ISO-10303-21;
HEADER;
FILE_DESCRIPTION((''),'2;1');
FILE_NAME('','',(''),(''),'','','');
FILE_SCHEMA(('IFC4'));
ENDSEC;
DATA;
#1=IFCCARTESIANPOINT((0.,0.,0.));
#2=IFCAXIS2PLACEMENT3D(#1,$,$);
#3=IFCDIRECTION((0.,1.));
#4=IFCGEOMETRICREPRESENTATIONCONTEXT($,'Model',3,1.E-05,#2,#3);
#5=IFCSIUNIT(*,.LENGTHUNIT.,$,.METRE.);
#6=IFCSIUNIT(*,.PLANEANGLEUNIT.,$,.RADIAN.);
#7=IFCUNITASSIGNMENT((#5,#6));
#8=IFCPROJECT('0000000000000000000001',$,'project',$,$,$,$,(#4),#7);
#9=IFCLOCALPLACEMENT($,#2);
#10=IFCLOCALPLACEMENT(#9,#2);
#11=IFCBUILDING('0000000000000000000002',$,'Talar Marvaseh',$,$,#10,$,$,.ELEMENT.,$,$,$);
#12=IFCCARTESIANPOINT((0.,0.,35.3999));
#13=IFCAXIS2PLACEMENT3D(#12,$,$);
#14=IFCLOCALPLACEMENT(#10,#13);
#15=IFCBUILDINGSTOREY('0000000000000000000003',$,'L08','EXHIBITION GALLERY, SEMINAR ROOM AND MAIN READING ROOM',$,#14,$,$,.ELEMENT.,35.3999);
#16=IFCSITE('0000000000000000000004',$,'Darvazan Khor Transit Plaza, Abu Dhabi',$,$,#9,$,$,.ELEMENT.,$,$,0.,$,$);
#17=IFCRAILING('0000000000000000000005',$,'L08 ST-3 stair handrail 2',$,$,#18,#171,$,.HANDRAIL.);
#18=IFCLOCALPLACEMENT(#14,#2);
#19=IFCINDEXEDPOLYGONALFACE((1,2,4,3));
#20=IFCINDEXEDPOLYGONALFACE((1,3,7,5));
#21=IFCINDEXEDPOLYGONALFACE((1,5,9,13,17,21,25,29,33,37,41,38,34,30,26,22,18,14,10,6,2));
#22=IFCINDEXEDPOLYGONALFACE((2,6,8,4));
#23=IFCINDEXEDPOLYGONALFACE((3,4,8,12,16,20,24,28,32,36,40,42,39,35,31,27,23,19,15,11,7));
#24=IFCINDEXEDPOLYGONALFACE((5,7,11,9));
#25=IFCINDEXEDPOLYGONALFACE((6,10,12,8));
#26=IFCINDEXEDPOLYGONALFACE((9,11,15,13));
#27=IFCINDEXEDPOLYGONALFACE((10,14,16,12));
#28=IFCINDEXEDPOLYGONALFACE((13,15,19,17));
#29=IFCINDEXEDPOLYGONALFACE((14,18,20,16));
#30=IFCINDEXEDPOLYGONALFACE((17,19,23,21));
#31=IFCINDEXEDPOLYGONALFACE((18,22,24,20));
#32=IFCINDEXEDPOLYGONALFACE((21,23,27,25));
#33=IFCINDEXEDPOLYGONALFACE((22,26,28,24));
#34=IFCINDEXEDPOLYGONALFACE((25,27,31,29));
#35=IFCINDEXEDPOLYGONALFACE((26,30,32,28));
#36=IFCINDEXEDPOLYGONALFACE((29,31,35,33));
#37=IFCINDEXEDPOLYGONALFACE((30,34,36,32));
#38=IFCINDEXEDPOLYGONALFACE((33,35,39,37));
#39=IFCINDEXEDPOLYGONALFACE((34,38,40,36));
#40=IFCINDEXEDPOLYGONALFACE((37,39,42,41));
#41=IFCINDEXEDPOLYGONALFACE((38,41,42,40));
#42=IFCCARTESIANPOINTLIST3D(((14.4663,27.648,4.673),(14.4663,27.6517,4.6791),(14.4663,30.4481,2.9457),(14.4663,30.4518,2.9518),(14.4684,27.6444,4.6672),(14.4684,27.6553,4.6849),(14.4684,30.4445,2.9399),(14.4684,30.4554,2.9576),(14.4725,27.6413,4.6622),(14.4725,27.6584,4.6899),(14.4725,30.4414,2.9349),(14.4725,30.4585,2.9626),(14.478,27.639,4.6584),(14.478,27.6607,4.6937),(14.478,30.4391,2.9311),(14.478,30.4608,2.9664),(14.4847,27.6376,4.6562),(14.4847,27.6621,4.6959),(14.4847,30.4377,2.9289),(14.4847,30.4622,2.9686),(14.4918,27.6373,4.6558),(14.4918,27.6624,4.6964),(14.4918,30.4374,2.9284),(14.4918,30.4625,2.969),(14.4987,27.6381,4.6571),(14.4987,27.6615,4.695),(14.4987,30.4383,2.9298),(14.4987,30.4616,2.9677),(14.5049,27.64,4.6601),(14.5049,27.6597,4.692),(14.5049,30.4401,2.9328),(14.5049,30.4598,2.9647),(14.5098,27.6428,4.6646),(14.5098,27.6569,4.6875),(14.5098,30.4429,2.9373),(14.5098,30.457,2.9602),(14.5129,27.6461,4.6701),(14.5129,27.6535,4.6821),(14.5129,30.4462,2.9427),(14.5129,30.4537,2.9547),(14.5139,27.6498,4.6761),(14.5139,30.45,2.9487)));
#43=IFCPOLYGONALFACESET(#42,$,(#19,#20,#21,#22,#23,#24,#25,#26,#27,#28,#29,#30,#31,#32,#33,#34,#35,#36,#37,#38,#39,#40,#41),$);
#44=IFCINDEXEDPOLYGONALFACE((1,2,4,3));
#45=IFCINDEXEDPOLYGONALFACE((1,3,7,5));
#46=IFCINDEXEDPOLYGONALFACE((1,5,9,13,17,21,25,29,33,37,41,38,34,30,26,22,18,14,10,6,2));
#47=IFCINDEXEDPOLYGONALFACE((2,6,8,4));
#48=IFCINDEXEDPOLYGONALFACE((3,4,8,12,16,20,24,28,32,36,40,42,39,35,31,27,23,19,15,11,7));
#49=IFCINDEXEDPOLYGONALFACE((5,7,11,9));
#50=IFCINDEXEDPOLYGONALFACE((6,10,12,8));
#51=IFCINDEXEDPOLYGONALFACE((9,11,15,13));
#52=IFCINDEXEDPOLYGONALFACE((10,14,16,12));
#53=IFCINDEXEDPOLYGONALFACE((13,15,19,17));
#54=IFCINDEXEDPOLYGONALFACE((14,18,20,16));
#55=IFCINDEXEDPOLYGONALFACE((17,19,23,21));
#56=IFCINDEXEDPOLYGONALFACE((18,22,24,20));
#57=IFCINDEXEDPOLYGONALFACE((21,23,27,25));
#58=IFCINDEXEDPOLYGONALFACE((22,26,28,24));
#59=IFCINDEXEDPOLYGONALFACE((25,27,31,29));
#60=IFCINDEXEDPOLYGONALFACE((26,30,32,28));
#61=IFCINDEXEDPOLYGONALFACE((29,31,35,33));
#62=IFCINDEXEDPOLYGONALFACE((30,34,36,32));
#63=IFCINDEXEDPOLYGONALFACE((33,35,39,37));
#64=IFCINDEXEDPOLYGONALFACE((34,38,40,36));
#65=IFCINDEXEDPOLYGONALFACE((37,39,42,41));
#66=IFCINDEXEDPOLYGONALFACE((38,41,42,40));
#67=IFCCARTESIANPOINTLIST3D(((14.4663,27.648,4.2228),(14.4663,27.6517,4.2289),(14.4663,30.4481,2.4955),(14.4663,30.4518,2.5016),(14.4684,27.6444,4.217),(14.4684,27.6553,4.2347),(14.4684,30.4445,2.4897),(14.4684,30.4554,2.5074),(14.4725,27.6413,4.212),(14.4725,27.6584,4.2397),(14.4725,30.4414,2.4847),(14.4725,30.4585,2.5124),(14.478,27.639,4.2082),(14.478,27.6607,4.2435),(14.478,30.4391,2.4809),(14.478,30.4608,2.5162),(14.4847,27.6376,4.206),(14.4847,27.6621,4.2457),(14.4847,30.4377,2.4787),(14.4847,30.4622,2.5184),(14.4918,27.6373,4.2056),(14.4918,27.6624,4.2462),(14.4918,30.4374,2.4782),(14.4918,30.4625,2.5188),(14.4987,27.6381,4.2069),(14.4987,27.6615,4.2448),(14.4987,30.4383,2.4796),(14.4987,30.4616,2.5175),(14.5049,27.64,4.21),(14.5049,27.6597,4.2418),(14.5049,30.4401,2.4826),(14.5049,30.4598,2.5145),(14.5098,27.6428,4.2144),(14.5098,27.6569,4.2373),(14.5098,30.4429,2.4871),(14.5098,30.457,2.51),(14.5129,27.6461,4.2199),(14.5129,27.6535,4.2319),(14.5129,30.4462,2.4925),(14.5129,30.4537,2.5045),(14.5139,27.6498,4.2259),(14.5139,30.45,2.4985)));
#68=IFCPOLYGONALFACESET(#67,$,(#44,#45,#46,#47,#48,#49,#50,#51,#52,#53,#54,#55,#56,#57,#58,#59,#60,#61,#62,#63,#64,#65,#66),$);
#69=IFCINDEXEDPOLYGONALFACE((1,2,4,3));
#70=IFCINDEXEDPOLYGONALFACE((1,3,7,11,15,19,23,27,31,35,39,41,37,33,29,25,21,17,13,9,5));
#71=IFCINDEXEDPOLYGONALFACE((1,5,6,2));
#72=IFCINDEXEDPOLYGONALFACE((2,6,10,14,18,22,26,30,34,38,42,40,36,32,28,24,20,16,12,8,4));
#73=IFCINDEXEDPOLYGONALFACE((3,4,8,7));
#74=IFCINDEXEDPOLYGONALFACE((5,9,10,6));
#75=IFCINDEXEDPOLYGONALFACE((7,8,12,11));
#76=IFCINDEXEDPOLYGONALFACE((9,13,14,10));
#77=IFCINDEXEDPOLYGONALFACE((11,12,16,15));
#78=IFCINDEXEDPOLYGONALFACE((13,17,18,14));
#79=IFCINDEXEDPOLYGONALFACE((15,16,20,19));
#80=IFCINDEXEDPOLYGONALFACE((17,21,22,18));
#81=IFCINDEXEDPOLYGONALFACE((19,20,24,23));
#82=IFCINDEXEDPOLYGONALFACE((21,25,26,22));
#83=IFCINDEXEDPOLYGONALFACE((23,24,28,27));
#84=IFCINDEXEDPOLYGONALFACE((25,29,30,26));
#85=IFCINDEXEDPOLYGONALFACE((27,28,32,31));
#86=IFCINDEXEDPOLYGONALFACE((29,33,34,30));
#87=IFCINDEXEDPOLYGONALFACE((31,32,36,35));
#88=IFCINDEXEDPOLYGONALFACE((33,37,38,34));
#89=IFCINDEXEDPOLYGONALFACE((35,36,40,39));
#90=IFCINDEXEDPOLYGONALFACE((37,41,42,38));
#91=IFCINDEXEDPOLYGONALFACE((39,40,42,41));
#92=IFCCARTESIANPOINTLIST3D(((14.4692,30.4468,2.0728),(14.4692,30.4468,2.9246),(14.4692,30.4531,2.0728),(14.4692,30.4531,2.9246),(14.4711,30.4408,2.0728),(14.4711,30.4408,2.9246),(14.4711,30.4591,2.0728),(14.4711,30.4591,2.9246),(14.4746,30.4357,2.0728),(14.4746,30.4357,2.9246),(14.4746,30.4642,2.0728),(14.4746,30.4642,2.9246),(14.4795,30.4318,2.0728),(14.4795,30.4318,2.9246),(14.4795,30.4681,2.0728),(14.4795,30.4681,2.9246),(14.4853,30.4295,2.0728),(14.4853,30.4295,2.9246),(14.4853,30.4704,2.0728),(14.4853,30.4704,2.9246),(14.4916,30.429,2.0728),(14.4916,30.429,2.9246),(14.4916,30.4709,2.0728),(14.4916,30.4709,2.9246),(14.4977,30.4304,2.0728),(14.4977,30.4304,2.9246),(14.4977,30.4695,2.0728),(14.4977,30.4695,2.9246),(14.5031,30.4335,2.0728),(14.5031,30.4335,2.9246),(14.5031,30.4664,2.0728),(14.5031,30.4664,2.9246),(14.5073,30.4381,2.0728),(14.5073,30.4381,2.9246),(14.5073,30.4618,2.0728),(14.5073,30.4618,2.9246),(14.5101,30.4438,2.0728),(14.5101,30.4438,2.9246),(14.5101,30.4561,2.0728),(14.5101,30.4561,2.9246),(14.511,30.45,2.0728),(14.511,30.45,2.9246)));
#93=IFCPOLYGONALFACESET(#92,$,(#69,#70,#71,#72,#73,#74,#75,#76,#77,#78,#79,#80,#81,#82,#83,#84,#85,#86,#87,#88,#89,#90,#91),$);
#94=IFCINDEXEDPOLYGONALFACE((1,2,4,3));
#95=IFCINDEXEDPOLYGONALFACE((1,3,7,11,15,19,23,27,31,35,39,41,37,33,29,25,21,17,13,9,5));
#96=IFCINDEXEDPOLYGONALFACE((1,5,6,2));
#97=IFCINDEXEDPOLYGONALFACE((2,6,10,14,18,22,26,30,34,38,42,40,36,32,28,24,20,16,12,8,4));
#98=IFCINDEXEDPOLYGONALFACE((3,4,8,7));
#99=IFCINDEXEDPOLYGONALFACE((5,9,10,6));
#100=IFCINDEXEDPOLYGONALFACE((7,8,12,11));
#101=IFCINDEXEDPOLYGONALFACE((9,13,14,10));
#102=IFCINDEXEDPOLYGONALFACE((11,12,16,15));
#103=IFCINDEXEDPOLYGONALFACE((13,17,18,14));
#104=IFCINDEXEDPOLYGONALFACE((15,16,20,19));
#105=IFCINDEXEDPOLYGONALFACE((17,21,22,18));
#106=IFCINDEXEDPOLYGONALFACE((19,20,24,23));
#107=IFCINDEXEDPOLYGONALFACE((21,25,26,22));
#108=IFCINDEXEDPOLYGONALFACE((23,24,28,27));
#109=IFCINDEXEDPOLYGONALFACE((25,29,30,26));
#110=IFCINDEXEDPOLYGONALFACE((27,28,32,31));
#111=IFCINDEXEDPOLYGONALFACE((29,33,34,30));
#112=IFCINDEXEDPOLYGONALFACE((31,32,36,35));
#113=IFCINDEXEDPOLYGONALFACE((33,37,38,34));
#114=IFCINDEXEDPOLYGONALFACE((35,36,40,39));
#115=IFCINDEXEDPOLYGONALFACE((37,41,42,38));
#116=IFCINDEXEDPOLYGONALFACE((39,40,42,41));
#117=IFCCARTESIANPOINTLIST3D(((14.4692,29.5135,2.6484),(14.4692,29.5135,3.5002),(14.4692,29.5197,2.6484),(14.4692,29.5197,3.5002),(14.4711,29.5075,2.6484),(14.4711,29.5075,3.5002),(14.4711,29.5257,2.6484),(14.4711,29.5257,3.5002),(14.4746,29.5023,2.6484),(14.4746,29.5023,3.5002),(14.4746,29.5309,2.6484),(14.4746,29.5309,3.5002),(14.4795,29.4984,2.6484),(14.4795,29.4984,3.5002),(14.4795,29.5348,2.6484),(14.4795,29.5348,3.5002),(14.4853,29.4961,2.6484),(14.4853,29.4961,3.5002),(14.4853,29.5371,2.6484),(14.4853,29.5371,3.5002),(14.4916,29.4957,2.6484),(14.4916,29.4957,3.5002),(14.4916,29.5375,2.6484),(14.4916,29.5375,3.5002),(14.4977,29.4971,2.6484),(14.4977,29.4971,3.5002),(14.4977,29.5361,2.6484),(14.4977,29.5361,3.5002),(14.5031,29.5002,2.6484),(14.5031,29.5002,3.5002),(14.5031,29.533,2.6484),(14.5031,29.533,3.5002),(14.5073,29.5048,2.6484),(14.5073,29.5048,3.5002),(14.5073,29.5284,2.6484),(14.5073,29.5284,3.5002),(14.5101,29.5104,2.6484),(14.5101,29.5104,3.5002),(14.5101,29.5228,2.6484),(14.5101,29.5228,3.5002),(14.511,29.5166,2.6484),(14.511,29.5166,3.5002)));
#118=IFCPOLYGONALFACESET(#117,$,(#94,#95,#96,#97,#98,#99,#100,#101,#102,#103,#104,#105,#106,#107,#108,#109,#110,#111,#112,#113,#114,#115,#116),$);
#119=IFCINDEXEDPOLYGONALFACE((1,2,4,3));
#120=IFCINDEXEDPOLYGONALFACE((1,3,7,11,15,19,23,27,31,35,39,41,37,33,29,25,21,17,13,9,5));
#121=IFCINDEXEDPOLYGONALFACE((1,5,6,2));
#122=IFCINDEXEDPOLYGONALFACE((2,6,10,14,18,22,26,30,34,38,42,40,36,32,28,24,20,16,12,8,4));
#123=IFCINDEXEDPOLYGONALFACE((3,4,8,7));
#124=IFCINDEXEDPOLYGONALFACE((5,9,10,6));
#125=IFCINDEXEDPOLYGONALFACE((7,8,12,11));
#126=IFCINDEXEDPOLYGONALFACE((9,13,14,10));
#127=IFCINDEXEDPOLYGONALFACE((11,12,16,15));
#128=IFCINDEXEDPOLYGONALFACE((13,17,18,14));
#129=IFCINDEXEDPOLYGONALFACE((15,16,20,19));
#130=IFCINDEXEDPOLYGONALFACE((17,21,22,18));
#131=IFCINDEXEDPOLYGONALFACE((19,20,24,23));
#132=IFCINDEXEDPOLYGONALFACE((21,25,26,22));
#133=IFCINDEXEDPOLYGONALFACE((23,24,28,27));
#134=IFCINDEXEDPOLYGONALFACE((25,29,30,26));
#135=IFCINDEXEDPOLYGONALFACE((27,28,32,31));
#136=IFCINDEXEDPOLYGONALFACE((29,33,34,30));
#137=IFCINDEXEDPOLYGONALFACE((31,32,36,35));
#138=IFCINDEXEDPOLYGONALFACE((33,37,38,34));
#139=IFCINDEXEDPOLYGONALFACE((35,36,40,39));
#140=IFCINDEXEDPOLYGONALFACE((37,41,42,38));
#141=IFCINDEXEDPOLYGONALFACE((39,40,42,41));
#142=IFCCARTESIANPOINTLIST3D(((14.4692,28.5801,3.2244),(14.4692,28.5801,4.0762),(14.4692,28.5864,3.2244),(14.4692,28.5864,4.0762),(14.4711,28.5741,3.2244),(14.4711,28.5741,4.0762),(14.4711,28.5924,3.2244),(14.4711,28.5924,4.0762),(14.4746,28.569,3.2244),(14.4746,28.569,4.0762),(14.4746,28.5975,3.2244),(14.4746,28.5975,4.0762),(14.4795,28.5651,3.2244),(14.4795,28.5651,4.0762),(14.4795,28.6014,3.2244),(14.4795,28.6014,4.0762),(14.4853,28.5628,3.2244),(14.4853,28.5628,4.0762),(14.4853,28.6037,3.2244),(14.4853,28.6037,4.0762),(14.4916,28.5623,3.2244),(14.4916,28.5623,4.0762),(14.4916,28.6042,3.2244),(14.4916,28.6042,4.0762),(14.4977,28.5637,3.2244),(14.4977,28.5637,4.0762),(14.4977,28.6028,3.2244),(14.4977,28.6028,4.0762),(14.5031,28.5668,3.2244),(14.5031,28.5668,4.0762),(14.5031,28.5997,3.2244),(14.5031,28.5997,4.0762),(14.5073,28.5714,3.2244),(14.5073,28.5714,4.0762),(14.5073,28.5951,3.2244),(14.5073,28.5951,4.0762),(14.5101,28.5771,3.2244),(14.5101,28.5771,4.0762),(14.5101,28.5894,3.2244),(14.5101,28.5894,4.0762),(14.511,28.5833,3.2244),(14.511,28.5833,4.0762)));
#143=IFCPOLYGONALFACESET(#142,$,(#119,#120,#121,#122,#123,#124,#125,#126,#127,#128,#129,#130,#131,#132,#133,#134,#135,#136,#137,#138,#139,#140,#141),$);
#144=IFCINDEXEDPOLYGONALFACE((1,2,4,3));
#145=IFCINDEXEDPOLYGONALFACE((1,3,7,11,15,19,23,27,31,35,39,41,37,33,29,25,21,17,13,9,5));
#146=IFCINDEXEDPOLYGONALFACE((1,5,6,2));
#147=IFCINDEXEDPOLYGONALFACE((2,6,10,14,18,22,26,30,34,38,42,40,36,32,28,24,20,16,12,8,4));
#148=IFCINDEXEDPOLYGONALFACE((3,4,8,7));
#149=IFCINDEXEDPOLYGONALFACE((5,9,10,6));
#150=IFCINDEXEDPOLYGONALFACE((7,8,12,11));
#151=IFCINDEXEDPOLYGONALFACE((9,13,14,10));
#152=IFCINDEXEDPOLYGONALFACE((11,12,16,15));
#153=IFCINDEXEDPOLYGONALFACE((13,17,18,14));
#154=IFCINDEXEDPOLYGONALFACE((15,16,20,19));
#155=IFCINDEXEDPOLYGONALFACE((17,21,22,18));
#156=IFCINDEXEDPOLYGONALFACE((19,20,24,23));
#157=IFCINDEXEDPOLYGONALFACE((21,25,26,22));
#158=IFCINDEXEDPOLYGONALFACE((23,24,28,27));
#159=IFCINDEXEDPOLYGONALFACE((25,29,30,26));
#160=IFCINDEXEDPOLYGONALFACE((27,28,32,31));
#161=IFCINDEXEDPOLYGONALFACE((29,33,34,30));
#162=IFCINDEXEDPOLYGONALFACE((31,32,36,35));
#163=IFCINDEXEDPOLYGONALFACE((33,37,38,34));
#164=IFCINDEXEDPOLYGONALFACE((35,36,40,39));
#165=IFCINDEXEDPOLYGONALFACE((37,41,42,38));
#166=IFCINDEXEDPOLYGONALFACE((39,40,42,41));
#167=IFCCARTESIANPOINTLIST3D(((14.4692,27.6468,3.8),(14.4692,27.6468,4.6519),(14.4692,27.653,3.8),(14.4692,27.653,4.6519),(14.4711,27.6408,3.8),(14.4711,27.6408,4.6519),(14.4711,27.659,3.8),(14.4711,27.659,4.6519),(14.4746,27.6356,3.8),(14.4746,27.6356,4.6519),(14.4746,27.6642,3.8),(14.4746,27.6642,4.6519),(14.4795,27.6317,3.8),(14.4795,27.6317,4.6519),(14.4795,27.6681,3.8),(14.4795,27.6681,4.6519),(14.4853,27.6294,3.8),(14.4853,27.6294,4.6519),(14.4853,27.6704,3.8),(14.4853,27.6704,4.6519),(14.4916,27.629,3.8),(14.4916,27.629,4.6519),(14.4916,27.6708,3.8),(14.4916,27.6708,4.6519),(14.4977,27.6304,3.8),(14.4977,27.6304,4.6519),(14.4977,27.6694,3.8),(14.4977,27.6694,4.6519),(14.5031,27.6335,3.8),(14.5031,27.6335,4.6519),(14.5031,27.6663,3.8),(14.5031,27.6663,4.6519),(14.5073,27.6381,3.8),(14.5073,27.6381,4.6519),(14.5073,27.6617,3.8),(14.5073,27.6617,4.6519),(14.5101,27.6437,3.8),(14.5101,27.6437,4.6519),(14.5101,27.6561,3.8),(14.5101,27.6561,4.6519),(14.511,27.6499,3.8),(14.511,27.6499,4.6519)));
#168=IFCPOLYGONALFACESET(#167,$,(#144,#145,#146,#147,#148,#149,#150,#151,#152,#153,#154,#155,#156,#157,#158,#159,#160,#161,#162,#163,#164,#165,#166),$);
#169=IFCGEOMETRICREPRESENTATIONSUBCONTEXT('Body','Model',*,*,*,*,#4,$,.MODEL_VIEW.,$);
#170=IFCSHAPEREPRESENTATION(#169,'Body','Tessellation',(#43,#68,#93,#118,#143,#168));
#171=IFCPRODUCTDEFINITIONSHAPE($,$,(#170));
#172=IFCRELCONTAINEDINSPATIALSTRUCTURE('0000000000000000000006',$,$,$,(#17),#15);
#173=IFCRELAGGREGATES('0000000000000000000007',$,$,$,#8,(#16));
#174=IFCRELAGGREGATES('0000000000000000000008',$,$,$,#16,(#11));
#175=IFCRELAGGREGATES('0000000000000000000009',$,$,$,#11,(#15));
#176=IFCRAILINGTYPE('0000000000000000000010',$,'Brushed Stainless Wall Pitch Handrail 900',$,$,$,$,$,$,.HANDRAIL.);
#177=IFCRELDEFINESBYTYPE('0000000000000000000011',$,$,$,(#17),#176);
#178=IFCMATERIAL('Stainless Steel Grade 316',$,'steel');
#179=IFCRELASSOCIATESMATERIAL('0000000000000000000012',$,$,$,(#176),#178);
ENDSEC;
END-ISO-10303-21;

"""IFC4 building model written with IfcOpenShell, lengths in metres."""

from ifc_helpers import new_model, si_unit, direction, frame, origin, origin_2d, place, context, subcontext, project, spatial, circle, extrude, material, type_object, element, save


model = new_model("IFC4")

# Units and contexts
model_context = context("Model", 3, precision=1e-05, world=origin(), true_north=direction((0.0, 1.0)))
body_context = subcontext(model_context, "Body", "Model", "MODEL_VIEW")
ifc_project = project(units=[si_unit("LENGTHUNIT", "METRE"), si_unit("PLANEANGLEUNIT", "RADIAN")], contexts=[model_context])

# Site, building, storey
site_placement = place(None, origin())
site = spatial("IfcSite", under=ifc_project, at=site_placement, Name="Darvazan Khor Transit Plaza, Abu Dhabi", CompositionType="ELEMENT", RefElevation=0.0)
building_placement = place(site_placement, origin())
building = spatial("IfcBuilding", under=site, at=building_placement, Name="Talar Marvaseh", CompositionType="ELEMENT")
storey_placement = place(building_placement, frame((0.0, 0.0, 35.3999)))
storey = spatial("IfcBuildingStorey", under=building, at=storey_placement, Name="L08", Description="EXHIBITION GALLERY, SEMINAR ROOM AND MAIN READING ROOM", CompositionType="ELEMENT", Elevation=35.3999)

# Railing
ifc_material_1 = material(Name="Stainless Steel Grade 316", Category="steel")
railing_type_1 = type_object("IfcRailingType", Name="Brushed Stainless Wall Pitch Handrail 900", PredefinedType="HANDRAIL", material=ifc_material_1)
railing_1_placement = place(storey_placement, frame((14.49, 30.45, 2.0728)))
element("IfcRailing", 1, at=railing_1_placement, inside=storey, type_object=railing_type_1, Name="L08 ST-3 stair handrail 2", PredefinedType="HANDRAIL", context=body_context, shape_type="SweptSolid", body=[
    extrude(circle(Radius=0.0239, at=origin_2d()), frame((0.0, 0.0, 0.876), z_axis=(0.0, -0.85109, 0.52502), x_axis=(1.0, 0.0, 0.0)), (0.0, 0.0, 1.0), 3.29),
    extrude(circle(Radius=0.0239, at=origin_2d()), frame((0.0, 0.0, 0.4258), z_axis=(0.0, -0.85109, 0.52502), x_axis=(1.0, 0.0, 0.0)), (0.0, 0.0, 1.0), 3.29),
    extrude(circle(Radius=0.021, at=origin_2d()), origin(), (0.0, 0.0, 1.0), 0.8518),
    extrude(circle(Radius=0.021, at=origin_2d()), frame((0.0, -0.9333, 0.5757)), (0.0, 0.0, 1.0), 0.8518),
    extrude(circle(Radius=0.021, at=origin_2d()), frame((0.0, -1.8667, 1.1516)), (0.0, 0.0, 1.0), 0.8518),
    extrude(circle(Radius=0.021, at=origin_2d()), frame((0.0, -2.8, 1.7273)), (0.0, 0.0, 1.0), 0.8518),
])

save(model, "model.ifc")
